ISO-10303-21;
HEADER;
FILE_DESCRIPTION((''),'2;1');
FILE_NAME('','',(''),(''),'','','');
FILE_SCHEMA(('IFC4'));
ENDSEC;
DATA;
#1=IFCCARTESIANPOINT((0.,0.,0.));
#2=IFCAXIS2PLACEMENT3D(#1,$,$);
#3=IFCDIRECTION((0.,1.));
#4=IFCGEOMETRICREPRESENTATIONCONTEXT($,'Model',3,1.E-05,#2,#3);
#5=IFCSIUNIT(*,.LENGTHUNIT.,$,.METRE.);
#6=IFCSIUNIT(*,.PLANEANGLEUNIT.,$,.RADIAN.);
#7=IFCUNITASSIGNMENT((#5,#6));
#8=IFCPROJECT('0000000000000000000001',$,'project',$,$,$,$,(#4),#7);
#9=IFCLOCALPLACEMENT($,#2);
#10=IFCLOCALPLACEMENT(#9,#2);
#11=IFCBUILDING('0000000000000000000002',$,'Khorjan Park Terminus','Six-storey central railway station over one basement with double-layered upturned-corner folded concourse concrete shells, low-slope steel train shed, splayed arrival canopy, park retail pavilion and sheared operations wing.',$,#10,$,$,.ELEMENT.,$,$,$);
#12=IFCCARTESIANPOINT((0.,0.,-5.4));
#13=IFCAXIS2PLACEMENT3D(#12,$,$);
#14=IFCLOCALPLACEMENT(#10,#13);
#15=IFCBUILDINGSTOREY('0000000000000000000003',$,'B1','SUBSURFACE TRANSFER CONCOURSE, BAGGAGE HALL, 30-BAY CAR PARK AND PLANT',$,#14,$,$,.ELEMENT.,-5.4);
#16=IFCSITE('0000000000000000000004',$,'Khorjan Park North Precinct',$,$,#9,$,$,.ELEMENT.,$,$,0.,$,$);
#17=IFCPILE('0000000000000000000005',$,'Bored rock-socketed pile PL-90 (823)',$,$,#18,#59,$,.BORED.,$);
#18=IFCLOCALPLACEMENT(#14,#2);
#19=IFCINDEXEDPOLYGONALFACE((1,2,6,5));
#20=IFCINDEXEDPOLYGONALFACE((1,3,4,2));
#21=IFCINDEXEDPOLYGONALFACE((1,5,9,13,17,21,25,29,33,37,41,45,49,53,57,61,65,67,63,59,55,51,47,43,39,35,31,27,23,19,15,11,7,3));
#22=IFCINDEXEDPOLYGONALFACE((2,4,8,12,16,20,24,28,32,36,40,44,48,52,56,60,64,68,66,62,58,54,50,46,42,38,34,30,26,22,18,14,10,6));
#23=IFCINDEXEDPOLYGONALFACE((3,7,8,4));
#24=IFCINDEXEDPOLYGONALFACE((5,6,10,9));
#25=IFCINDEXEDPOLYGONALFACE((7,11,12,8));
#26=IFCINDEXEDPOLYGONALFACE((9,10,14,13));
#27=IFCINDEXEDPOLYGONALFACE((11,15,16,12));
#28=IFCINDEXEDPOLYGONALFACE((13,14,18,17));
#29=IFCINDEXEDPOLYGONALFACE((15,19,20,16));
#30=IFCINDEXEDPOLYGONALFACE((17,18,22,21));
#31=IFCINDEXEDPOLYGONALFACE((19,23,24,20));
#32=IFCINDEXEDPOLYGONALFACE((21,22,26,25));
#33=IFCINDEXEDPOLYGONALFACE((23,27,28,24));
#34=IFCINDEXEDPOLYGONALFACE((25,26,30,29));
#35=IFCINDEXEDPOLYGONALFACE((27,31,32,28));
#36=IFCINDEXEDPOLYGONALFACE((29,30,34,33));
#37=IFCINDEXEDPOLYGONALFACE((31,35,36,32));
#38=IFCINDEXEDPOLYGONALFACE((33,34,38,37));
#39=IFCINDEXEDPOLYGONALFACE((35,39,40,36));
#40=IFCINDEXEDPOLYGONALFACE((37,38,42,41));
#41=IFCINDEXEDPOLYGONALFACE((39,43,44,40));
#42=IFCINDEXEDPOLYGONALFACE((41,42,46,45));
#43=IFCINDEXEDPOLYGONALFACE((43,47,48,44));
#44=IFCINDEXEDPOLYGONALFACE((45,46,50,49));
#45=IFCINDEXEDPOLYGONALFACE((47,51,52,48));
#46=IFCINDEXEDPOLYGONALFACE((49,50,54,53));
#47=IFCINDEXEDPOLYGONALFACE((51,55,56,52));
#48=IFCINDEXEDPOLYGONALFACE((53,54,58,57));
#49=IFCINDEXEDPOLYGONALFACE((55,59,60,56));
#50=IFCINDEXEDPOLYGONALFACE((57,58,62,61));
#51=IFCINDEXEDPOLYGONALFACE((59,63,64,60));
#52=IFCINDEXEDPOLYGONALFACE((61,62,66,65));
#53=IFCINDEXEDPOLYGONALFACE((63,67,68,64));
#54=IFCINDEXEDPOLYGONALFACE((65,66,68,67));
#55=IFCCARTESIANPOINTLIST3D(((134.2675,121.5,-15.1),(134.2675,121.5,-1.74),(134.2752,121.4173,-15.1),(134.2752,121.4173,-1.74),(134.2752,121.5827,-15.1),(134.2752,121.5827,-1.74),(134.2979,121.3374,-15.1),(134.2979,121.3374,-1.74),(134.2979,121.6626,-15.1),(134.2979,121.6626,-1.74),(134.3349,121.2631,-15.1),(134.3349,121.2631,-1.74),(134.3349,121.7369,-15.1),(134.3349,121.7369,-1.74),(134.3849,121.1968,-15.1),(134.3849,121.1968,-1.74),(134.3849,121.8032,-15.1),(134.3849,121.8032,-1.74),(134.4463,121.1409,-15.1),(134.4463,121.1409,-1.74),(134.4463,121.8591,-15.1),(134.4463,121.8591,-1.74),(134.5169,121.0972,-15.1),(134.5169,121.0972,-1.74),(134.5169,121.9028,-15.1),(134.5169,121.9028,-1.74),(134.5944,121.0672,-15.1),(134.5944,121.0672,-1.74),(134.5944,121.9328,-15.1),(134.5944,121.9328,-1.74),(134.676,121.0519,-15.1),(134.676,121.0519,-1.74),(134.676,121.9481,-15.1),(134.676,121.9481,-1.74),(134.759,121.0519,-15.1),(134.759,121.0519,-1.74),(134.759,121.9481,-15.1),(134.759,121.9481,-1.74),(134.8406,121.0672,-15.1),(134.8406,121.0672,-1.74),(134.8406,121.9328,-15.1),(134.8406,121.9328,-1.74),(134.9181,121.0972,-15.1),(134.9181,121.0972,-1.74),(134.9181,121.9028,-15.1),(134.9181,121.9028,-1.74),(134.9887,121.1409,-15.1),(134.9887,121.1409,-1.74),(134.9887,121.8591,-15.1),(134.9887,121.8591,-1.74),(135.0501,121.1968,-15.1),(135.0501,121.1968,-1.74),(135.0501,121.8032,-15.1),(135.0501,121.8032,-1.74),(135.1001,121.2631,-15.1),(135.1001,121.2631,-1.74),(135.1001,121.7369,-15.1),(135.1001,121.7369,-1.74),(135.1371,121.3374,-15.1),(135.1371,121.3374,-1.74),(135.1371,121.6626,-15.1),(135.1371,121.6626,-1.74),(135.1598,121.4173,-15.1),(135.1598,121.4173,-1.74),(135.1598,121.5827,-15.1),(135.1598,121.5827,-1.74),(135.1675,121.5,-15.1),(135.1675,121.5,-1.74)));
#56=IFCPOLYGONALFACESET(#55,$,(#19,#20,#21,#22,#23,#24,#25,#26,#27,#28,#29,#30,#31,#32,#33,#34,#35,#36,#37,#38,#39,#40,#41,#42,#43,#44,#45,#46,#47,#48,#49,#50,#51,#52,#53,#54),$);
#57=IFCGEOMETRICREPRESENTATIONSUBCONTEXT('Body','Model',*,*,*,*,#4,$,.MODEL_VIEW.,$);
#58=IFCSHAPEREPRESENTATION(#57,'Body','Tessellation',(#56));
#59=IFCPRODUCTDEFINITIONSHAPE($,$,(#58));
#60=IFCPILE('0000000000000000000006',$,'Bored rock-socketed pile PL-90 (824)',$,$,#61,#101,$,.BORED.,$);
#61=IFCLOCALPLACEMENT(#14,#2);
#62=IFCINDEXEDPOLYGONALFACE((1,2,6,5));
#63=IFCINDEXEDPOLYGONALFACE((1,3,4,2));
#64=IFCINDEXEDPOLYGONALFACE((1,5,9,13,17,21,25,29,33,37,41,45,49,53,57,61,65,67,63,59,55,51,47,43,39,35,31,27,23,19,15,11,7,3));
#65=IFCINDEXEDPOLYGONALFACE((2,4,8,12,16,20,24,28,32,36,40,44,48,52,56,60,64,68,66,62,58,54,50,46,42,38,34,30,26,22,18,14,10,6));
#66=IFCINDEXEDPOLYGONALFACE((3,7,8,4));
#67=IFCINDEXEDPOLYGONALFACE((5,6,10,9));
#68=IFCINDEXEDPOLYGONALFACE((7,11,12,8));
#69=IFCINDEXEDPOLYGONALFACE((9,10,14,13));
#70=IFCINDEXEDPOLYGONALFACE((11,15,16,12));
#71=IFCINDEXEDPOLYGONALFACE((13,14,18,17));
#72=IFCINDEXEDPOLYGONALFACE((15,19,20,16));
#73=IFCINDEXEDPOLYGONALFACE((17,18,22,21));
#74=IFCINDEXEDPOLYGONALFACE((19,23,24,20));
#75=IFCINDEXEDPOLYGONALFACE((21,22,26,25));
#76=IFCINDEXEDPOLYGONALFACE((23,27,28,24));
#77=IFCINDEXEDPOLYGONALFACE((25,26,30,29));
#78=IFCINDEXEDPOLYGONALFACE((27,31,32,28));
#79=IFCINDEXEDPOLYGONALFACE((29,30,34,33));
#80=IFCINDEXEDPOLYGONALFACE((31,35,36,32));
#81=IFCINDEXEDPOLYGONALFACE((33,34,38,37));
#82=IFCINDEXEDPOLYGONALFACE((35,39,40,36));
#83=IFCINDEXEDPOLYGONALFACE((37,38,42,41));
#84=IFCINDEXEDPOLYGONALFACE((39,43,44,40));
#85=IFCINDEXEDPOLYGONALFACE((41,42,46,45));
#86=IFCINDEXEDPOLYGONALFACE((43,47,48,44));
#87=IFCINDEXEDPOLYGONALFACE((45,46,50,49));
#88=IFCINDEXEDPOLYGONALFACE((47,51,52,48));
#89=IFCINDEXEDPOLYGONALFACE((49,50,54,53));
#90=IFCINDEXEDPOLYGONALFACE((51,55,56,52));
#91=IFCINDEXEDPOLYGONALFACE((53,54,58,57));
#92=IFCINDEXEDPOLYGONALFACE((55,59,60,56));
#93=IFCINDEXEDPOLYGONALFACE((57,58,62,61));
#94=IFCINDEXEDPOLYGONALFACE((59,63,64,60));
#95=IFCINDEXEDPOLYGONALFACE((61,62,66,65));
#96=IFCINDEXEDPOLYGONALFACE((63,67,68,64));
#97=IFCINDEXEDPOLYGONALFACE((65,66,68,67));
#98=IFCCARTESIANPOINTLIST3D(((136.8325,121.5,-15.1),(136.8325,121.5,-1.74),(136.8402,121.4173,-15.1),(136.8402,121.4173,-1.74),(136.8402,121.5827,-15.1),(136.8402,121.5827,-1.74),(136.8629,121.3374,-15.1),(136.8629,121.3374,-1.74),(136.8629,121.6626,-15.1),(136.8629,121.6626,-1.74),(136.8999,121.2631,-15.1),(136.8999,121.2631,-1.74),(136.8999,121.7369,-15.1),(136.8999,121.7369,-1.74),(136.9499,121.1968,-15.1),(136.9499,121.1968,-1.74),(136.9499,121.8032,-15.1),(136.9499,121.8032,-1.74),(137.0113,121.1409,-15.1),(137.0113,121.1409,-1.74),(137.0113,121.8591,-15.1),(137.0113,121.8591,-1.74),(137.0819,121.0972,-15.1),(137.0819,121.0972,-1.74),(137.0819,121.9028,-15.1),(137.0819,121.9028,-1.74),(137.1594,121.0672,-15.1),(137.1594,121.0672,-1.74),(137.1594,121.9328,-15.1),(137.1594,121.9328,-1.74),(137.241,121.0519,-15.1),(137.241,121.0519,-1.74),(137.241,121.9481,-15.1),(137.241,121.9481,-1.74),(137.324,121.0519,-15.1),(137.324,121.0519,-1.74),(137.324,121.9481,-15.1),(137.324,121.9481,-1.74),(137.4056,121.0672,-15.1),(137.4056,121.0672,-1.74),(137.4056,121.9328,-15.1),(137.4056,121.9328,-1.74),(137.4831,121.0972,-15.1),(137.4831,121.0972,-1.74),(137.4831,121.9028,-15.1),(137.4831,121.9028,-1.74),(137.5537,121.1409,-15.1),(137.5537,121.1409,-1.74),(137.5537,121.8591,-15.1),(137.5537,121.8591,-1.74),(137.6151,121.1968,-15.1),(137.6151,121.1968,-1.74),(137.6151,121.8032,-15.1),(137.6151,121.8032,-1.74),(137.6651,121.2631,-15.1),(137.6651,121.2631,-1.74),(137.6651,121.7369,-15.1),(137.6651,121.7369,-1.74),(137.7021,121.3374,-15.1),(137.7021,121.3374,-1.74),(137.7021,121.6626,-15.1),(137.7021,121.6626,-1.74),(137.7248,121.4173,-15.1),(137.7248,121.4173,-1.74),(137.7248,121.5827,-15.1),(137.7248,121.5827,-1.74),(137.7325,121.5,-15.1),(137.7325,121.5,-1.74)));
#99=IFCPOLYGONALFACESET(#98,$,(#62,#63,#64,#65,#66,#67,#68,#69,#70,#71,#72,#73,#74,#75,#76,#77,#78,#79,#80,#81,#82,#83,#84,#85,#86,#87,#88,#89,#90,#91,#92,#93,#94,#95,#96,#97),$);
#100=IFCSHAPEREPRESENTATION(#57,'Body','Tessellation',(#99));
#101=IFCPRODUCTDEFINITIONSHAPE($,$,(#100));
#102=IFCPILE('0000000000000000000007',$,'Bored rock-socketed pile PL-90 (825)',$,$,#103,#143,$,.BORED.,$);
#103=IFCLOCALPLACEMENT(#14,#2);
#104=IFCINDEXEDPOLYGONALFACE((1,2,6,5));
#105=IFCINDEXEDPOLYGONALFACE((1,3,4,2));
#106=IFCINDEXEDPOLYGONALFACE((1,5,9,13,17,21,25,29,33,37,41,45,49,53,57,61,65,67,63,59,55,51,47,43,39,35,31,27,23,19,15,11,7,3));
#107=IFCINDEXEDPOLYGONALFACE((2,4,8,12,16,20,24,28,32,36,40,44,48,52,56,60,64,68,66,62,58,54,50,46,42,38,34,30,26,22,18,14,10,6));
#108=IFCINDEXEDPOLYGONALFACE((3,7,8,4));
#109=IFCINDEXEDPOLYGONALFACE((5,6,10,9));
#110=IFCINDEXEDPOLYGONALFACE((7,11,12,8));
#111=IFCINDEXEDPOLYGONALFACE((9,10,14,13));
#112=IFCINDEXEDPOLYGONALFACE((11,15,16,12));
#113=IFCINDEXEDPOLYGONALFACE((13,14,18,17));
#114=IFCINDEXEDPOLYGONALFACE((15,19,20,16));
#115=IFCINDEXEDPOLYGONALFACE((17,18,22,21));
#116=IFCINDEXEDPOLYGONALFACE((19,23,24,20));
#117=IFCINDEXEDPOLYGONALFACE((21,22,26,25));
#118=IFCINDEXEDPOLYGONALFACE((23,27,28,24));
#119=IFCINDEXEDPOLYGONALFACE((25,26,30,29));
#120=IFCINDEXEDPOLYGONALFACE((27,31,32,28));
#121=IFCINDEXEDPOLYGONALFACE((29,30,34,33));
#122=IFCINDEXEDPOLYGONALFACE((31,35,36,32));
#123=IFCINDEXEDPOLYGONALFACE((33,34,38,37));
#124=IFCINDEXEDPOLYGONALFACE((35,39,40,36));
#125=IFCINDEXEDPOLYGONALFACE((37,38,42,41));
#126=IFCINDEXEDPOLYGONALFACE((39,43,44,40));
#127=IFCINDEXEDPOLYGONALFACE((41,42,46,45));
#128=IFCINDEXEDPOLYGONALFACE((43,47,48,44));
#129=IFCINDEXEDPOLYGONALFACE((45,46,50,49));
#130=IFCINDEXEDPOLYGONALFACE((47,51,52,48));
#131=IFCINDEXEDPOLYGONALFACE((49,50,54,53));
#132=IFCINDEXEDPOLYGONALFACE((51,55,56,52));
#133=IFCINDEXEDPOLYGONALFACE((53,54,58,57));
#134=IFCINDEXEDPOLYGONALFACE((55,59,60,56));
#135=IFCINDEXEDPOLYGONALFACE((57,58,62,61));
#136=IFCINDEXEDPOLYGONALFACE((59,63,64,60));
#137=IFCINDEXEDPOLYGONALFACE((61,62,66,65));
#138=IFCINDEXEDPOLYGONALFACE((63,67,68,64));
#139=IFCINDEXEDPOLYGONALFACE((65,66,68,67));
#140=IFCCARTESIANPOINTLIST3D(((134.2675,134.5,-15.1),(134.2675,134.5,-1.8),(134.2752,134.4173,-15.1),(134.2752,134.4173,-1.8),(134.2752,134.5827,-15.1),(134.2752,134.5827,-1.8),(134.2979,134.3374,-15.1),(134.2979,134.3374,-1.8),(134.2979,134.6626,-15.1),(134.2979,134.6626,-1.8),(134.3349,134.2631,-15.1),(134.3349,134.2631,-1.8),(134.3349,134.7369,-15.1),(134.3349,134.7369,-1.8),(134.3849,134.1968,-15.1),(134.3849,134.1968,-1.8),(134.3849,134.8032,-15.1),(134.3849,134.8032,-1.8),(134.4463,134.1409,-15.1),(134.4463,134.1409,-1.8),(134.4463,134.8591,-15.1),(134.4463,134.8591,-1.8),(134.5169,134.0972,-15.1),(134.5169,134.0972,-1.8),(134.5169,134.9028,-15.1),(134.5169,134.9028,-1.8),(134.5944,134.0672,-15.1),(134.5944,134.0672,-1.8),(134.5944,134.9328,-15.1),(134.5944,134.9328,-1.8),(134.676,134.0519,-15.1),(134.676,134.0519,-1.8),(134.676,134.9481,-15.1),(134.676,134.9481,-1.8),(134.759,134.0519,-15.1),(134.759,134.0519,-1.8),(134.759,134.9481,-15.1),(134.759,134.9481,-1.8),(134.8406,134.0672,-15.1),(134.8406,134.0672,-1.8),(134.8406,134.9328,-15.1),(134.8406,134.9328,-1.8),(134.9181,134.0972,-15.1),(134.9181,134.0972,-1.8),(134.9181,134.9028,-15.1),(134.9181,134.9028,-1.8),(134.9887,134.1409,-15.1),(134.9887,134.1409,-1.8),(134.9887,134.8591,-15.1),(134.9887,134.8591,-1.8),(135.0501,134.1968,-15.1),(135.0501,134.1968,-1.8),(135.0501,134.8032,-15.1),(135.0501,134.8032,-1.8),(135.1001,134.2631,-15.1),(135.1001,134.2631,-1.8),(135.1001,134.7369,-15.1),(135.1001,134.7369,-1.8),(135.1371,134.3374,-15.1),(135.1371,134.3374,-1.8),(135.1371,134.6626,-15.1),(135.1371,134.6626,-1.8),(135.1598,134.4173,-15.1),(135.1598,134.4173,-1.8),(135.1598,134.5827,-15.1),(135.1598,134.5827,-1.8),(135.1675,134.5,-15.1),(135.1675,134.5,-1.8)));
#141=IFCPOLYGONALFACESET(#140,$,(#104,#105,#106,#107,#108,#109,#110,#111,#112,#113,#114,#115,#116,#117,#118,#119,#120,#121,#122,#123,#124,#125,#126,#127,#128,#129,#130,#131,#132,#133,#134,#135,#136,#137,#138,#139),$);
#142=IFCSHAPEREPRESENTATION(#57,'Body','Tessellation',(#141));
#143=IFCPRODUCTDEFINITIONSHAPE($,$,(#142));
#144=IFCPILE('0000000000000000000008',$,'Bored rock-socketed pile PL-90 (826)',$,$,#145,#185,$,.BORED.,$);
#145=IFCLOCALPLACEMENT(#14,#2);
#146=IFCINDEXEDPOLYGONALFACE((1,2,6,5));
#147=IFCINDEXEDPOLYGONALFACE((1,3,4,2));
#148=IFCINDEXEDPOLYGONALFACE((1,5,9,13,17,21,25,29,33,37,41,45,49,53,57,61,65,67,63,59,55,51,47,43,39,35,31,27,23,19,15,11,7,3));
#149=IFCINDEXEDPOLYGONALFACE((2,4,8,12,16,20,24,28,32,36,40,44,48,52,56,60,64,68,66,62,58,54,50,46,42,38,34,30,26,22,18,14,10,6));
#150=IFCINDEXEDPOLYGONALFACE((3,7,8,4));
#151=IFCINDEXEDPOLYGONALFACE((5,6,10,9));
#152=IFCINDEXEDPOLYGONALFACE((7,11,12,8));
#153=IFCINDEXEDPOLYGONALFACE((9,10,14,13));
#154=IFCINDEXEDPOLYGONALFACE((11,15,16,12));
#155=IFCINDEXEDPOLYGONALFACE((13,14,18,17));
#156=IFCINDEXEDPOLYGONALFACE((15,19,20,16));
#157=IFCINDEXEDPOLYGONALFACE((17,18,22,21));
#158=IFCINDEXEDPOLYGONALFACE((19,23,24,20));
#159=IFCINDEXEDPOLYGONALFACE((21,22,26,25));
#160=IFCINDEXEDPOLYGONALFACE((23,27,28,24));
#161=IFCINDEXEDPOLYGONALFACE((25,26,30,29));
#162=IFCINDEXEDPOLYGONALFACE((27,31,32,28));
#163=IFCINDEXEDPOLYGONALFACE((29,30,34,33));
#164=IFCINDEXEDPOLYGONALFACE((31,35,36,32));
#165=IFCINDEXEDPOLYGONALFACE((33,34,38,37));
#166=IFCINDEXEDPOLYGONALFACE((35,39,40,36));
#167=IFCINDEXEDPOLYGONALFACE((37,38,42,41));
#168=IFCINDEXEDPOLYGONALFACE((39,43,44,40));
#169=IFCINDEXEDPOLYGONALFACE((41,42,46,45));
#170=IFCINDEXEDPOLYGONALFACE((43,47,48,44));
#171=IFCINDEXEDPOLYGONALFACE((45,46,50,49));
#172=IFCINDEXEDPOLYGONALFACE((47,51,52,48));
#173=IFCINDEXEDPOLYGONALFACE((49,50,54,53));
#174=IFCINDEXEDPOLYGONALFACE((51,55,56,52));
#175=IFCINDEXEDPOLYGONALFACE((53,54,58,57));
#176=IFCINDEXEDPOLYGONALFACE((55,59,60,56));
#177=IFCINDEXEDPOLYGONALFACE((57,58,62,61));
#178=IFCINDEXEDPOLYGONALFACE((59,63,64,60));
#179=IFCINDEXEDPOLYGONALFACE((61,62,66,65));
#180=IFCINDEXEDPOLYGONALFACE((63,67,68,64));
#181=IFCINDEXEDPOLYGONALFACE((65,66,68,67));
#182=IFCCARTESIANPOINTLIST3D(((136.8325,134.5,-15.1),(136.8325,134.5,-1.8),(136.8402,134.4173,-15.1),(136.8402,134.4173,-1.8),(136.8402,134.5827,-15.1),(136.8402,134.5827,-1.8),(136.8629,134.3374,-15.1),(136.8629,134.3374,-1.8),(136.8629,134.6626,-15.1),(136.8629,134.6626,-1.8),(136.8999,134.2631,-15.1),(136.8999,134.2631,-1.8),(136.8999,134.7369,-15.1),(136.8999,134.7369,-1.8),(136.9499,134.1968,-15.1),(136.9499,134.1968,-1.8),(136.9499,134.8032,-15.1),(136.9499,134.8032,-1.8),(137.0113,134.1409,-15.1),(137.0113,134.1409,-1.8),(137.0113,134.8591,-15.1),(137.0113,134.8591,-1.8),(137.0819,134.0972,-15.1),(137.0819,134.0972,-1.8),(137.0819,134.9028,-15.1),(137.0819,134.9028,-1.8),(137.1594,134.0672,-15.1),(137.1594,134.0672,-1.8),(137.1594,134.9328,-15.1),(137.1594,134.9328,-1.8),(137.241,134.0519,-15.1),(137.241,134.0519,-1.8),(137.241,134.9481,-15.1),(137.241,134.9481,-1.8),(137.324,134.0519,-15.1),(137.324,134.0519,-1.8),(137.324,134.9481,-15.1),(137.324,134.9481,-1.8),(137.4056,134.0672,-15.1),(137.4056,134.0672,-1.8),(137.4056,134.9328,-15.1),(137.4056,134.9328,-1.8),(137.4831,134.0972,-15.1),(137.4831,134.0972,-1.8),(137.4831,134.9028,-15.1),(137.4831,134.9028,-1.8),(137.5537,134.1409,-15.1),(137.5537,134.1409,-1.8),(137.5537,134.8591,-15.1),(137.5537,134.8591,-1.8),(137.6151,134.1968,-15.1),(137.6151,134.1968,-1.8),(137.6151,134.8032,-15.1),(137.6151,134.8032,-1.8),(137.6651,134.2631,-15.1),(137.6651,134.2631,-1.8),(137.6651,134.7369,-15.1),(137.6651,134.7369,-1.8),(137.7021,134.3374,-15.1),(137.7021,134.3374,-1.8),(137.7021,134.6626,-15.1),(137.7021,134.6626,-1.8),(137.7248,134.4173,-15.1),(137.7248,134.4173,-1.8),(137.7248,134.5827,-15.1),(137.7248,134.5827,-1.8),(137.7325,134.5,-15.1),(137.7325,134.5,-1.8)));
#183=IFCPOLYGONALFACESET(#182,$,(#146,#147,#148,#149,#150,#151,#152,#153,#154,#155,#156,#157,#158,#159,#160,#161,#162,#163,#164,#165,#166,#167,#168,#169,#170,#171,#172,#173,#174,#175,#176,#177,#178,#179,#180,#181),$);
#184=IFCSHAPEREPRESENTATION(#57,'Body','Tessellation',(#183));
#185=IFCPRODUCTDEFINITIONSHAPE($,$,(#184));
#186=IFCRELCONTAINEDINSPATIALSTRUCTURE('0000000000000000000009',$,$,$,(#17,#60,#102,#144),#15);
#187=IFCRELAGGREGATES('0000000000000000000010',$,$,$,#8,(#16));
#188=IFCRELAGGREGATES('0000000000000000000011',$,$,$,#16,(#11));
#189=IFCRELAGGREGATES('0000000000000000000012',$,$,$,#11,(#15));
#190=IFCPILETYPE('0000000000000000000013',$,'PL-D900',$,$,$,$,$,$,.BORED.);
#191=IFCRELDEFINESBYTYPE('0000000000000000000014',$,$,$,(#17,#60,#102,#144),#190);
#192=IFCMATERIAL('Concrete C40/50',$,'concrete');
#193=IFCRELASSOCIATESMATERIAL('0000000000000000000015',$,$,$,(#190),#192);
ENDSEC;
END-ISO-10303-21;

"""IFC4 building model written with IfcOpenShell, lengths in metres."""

from ifc_helpers import new_model, si_unit, direction, frame, origin, origin_2d, place, context, subcontext, project, spatial, circle, extrude, material, material_profile, profile_set, type_object, element, save


model = new_model("IFC4")

# Units and contexts
model_context = context("Model", 3, precision=1e-05, world=origin(), true_north=direction((0.0, 1.0)))
body_context = subcontext(model_context, "Body", "Model", "MODEL_VIEW")
ifc_project = project(units=[si_unit("LENGTHUNIT", "METRE"), si_unit("PLANEANGLEUNIT", "RADIAN")], contexts=[model_context])

# Site, building, storey
site_placement = place(None, origin())
site = spatial("IfcSite", under=ifc_project, at=site_placement, Name="Khorjan Park North Precinct", CompositionType="ELEMENT", RefElevation=0.0)
building_placement = place(site_placement, origin())
building = spatial("IfcBuilding", under=site, at=building_placement, Name="Khorjan Park Terminus", Description="Six-storey central railway station over one basement with double-layered upturned-corner folded concourse concrete shells, low-slope steel train shed, splayed arrival canopy, park retail pavilion and sheared operations wing.", CompositionType="ELEMENT")
storey_placement = place(building_placement, frame((0.0, 0.0, -5.4)))
storey = spatial("IfcBuildingStorey", under=building, at=storey_placement, Name="B1", Description="SUBSURFACE TRANSFER CONCOURSE, BAGGAGE HALL, 30-BAY CAR PARK AND PLANT", CompositionType="ELEMENT", Elevation=-5.4)

# Shared definitions
ifc_material = material(Name="Concrete C40/50", Category="concrete")

# Piles
ifc_material_profile_1 = material_profile(ifc_material, circle(Radius=0.45, at=origin_2d()), Name="BORED D900")
ifc_profile_set_1 = profile_set([ifc_material_profile_1], Name="Concrete C40/50")
pile_type = type_object("IfcPileType", Name="PL-D900", PredefinedType="BORED", material=ifc_profile_set_1)
for number, where, z_axis, x_axis, name in (
    (1, (134.7175, 121.5, -1.74), (0.0, 0.0, -1.0), (1.0, 0.0, 0.0), "Bored rock-socketed pile PL-90 (823)"),
    (2, (137.2825, 121.5, -1.74), (0.0, 0.0, -1.0), (1.0, 0.0, 0.0), "Bored rock-socketed pile PL-90 (824)"),
):
    element("IfcPile", number, at=place(storey_placement, frame(where, z_axis=z_axis, x_axis=x_axis)), inside=storey, type_object=pile_type, Name=name, PredefinedType="BORED", context=body_context, shape_type="SweptSolid", body=[
        extrude(circle(Radius=0.45, at=origin_2d()), origin(), (0.0, 0.0, 1.0), 13.36),
    ])
for number, where, z_axis, x_axis, name in (
    (3, (134.7175, 134.5, -1.8), (0.0, 0.0, -1.0), (1.0, 0.0, 0.0), "Bored rock-socketed pile PL-90 (825)"),
    (4, (137.2825, 134.5, -1.8), (0.0, 0.0, -1.0), (1.0, 0.0, 0.0), "Bored rock-socketed pile PL-90 (826)"),
):
    element("IfcPile", number, at=place(storey_placement, frame(where, z_axis=z_axis, x_axis=x_axis)), inside=storey, type_object=pile_type, Name=name, PredefinedType="BORED", context=body_context, shape_type="SweptSolid", body=[
        extrude(circle(Radius=0.45, at=origin_2d()), origin(), (0.0, 0.0, 1.0), 13.3),
    ])

save(model, "model.ifc")
